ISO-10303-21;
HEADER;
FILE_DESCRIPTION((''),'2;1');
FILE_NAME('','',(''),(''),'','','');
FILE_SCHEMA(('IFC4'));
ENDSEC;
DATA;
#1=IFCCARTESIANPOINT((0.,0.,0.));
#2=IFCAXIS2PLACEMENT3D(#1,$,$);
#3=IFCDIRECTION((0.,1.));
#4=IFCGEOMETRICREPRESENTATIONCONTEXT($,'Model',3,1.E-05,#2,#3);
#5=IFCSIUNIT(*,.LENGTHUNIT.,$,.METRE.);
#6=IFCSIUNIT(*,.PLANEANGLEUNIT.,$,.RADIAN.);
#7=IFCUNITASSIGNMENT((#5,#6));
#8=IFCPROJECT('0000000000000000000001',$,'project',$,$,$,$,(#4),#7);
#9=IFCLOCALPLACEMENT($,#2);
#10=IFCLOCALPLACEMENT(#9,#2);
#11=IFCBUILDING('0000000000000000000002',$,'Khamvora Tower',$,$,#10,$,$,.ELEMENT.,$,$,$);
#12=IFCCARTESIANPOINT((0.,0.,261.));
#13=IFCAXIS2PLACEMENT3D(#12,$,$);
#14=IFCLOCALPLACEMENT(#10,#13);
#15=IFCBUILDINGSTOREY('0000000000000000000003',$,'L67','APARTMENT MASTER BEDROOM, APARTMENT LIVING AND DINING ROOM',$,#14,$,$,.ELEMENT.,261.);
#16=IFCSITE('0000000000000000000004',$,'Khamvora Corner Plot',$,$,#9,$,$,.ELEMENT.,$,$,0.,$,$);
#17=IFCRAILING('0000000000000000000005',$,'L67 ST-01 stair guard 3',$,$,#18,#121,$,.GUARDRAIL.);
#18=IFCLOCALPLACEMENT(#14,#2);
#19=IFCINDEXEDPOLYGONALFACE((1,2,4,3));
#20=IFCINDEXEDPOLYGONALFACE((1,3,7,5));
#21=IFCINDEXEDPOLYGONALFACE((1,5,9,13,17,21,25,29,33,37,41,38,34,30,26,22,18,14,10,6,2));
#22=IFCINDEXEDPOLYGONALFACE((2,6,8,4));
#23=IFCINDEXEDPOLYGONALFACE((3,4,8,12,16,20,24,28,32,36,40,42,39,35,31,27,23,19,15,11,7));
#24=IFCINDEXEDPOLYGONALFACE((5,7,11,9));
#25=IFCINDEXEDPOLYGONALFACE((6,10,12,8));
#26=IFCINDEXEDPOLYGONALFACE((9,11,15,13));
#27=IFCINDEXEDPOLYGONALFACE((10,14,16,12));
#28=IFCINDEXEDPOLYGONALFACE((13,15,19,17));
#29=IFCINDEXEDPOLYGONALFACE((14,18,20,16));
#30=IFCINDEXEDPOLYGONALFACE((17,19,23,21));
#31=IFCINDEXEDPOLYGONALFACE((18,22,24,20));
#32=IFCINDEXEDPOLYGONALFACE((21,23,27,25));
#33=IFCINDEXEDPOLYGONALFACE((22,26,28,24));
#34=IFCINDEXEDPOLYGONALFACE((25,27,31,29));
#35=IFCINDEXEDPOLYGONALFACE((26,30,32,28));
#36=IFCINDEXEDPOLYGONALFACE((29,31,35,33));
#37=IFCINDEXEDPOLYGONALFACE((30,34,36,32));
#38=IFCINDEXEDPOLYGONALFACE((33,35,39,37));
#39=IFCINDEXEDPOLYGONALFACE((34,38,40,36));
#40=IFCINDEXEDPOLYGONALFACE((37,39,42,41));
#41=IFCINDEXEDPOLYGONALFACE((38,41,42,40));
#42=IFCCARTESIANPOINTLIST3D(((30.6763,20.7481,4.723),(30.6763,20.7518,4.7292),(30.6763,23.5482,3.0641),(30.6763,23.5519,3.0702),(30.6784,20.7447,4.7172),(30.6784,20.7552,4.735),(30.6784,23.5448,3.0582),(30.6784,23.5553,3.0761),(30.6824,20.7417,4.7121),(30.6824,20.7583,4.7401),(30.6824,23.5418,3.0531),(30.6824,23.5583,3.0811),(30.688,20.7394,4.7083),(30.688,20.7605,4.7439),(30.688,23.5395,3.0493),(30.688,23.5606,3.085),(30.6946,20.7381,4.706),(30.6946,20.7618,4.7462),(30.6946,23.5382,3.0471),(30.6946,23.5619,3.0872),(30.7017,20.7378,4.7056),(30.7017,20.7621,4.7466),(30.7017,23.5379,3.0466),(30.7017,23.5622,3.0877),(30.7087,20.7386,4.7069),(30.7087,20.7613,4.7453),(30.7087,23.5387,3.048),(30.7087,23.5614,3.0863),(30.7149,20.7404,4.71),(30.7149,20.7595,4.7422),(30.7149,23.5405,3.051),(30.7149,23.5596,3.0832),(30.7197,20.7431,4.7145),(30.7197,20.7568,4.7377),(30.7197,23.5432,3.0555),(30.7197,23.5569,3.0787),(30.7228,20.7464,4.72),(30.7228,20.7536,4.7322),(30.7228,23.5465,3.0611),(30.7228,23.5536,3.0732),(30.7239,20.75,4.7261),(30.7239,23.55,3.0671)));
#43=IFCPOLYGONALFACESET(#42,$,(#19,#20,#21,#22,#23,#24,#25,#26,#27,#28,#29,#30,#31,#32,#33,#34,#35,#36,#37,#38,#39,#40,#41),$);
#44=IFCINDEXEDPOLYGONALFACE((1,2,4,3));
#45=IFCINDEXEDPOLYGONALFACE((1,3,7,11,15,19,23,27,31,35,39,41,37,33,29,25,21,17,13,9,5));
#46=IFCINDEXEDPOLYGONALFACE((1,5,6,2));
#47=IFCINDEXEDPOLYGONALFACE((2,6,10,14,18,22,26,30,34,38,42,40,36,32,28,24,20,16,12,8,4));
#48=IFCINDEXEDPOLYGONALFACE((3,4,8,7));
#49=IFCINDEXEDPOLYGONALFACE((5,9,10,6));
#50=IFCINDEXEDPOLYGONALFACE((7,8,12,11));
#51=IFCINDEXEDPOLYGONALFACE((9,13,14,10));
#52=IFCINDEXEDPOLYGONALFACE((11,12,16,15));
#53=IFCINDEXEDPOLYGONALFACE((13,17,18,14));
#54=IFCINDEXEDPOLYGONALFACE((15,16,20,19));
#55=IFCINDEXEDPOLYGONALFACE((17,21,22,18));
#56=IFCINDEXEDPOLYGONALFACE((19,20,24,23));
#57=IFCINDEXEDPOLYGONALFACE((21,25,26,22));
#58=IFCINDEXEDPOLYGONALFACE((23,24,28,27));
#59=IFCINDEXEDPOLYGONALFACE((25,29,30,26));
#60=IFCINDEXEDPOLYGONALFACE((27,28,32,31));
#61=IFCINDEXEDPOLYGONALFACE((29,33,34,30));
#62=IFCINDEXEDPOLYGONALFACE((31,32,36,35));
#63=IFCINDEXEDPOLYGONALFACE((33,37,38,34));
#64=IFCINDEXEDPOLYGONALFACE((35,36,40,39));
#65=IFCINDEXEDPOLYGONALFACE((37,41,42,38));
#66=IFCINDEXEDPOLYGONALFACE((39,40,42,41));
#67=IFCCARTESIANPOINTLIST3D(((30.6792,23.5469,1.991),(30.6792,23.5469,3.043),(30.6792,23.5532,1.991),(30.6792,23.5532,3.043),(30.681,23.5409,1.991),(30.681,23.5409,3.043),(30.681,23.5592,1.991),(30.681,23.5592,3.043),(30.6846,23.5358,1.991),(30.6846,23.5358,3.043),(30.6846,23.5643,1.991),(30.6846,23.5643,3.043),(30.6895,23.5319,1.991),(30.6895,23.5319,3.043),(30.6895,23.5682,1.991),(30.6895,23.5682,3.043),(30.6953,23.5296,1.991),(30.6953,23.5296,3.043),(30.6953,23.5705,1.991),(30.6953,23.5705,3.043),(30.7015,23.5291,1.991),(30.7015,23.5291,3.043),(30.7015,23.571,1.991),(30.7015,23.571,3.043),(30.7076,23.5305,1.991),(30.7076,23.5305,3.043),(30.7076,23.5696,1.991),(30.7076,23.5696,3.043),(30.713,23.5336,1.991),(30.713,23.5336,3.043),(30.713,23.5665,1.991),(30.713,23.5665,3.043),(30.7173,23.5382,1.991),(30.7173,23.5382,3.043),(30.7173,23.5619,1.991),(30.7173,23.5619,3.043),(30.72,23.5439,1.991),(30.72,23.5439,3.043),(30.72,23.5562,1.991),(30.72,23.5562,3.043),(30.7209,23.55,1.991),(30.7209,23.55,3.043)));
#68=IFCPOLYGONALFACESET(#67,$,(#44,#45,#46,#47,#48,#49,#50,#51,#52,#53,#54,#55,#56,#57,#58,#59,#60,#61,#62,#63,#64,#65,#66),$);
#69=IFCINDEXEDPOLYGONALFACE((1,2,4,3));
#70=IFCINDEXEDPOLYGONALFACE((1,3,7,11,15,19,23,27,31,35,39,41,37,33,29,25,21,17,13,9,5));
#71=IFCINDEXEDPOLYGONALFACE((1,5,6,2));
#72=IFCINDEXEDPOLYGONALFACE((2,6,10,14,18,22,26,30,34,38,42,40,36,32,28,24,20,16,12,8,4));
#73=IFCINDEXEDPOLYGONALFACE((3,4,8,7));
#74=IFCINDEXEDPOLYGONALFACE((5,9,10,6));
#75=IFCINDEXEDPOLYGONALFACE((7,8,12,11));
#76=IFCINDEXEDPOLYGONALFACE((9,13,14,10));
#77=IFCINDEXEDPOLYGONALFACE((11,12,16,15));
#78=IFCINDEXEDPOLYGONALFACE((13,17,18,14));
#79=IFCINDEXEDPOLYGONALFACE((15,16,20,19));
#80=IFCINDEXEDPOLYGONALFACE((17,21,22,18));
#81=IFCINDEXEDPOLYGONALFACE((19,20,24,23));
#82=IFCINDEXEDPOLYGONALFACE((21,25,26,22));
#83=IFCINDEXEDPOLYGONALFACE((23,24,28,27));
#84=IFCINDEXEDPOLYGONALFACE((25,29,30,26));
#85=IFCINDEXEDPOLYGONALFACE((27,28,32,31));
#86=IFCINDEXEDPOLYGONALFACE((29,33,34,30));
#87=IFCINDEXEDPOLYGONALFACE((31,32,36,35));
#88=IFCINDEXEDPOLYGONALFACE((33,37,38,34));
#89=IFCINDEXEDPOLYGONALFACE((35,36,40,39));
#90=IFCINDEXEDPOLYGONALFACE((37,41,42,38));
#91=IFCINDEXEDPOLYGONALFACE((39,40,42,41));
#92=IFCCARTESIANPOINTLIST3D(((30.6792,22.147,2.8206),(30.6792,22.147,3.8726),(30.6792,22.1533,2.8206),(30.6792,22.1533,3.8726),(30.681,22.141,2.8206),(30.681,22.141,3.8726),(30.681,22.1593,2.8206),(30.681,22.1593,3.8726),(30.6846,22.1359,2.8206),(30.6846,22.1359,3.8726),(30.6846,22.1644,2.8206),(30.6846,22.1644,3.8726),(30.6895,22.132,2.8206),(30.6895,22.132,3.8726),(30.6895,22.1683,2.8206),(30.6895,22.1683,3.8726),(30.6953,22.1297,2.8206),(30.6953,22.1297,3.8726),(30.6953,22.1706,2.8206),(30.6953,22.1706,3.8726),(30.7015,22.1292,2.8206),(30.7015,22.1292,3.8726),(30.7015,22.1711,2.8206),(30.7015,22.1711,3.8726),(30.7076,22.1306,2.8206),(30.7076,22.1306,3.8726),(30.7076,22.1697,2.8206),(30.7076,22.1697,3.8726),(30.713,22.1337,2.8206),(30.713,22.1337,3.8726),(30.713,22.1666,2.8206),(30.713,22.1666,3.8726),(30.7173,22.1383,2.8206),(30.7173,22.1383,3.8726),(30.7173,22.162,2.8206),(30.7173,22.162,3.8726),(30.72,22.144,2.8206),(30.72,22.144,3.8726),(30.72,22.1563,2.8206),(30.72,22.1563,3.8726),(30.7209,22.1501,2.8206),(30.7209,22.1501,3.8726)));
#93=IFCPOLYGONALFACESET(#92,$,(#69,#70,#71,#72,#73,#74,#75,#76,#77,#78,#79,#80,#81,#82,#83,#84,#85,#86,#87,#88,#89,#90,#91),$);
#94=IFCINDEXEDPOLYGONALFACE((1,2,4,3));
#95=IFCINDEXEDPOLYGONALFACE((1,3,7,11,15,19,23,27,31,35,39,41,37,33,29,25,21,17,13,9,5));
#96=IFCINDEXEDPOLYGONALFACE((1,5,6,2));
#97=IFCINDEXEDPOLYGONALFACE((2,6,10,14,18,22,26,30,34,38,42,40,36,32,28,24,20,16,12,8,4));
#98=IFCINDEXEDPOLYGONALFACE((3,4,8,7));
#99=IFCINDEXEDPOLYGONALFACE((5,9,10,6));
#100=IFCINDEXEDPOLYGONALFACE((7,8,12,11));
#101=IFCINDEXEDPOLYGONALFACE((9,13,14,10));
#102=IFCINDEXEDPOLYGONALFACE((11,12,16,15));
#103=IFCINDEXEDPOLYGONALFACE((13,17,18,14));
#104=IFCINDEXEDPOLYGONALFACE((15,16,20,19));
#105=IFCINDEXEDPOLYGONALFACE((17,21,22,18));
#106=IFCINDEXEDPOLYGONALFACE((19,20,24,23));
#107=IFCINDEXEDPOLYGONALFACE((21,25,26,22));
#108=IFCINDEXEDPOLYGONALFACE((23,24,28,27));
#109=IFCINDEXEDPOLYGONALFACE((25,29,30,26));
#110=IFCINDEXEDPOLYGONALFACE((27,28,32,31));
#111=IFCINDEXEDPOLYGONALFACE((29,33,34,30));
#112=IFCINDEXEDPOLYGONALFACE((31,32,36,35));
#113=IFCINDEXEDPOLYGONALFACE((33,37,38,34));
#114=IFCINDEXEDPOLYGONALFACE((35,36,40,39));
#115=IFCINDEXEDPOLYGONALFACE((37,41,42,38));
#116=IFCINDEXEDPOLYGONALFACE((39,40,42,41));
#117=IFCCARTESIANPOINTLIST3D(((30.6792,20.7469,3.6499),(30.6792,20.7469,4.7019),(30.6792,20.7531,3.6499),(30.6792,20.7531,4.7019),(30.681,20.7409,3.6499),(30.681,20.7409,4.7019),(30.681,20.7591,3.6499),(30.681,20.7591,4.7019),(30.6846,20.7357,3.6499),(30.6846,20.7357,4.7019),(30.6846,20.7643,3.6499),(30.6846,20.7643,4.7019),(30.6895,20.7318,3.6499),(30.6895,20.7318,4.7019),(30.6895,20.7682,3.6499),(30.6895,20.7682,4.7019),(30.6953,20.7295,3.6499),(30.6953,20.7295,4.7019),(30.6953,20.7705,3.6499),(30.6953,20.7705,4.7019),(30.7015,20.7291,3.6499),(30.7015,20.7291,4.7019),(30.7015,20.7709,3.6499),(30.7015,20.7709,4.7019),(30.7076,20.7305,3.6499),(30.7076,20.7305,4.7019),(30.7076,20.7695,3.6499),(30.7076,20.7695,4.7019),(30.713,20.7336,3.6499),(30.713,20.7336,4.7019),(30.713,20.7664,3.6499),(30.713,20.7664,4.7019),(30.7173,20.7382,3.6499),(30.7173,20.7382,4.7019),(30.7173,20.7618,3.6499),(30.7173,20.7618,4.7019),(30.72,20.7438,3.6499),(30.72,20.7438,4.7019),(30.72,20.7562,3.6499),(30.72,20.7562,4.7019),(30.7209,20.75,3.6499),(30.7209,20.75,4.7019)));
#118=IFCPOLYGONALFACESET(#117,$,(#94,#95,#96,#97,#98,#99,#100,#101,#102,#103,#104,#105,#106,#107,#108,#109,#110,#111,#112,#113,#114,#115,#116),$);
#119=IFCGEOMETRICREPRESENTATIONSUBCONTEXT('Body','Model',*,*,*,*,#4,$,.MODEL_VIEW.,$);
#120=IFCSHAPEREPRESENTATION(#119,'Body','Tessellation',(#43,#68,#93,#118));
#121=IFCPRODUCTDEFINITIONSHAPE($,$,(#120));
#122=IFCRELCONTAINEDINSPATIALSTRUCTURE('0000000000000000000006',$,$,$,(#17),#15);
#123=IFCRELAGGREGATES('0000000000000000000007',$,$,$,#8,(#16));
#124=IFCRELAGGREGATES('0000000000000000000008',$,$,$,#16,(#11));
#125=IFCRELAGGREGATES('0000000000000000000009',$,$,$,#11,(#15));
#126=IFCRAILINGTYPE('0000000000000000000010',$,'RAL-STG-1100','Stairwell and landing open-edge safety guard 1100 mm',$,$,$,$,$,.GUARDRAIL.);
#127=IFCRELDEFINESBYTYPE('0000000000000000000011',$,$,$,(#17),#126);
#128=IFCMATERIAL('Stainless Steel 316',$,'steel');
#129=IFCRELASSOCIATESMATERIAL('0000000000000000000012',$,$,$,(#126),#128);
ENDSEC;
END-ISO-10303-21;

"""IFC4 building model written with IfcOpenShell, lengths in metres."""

from ifc_helpers import new_model, si_unit, direction, frame, origin, origin_2d, place, context, subcontext, project, spatial, circle, extrude, material, type_object, element, save


model = new_model("IFC4")

# Units and contexts
model_context = context("Model", 3, precision=1e-05, world=origin(), true_north=direction((0.0, 1.0)))
body_context = subcontext(model_context, "Body", "Model", "MODEL_VIEW")
ifc_project = project(units=[si_unit("LENGTHUNIT", "METRE"), si_unit("PLANEANGLEUNIT", "RADIAN")], contexts=[model_context])

# Site, building, storey
site_placement = place(None, origin())
site = spatial("IfcSite", under=ifc_project, at=site_placement, Name="Khamvora Corner Plot", CompositionType="ELEMENT", RefElevation=0.0)
building_placement = place(site_placement, origin())
building = spatial("IfcBuilding", under=site, at=building_placement, Name="Khamvora Tower", CompositionType="ELEMENT")
storey_placement = place(building_placement, frame((0.0, 0.0, 261.0)))
storey = spatial("IfcBuildingStorey", under=building, at=storey_placement, Name="L67", Description="APARTMENT MASTER BEDROOM, APARTMENT LIVING AND DINING ROOM", CompositionType="ELEMENT", Elevation=261.0)

# Railing
ifc_material_1 = material(Name="Stainless Steel 316", Category="steel")
railing_type_1 = type_object("IfcRailingType", Name="RAL-STG-1100", Description="Stairwell and landing open-edge safety guard 1100 mm", PredefinedType="GUARDRAIL", material=ifc_material_1)
railing_1_placement = place(storey_placement, frame((30.7, 23.55, 1.991)))
element("IfcRailing", 1, at=railing_1_placement, inside=storey, type_object=railing_type_1, Name="L67 ST-01 stair guard 3", PredefinedType="GUARDRAIL", context=body_context, shape_type="SweptSolid", body=[
    extrude(circle(Radius=0.0239, at=origin_2d()), frame((0.0, 0.0, 1.0762), z_axis=(0.0, -0.860339, 0.509722), x_axis=(1.0, 0.0, 0.0)), (0.0, 0.0, 1.0), 3.2546),
    extrude(circle(Radius=0.021, at=origin_2d()), origin(), (0.0, 0.0, 1.0), 1.052),
    extrude(circle(Radius=0.021, at=origin_2d()), frame((0.0, -1.3999, 0.8296)), (0.0, 0.0, 1.0), 1.052),
    extrude(circle(Radius=0.021, at=origin_2d()), frame((0.0, -2.8, 1.6589)), (0.0, 0.0, 1.0), 1.052),
])

save(model, "model.ifc")
